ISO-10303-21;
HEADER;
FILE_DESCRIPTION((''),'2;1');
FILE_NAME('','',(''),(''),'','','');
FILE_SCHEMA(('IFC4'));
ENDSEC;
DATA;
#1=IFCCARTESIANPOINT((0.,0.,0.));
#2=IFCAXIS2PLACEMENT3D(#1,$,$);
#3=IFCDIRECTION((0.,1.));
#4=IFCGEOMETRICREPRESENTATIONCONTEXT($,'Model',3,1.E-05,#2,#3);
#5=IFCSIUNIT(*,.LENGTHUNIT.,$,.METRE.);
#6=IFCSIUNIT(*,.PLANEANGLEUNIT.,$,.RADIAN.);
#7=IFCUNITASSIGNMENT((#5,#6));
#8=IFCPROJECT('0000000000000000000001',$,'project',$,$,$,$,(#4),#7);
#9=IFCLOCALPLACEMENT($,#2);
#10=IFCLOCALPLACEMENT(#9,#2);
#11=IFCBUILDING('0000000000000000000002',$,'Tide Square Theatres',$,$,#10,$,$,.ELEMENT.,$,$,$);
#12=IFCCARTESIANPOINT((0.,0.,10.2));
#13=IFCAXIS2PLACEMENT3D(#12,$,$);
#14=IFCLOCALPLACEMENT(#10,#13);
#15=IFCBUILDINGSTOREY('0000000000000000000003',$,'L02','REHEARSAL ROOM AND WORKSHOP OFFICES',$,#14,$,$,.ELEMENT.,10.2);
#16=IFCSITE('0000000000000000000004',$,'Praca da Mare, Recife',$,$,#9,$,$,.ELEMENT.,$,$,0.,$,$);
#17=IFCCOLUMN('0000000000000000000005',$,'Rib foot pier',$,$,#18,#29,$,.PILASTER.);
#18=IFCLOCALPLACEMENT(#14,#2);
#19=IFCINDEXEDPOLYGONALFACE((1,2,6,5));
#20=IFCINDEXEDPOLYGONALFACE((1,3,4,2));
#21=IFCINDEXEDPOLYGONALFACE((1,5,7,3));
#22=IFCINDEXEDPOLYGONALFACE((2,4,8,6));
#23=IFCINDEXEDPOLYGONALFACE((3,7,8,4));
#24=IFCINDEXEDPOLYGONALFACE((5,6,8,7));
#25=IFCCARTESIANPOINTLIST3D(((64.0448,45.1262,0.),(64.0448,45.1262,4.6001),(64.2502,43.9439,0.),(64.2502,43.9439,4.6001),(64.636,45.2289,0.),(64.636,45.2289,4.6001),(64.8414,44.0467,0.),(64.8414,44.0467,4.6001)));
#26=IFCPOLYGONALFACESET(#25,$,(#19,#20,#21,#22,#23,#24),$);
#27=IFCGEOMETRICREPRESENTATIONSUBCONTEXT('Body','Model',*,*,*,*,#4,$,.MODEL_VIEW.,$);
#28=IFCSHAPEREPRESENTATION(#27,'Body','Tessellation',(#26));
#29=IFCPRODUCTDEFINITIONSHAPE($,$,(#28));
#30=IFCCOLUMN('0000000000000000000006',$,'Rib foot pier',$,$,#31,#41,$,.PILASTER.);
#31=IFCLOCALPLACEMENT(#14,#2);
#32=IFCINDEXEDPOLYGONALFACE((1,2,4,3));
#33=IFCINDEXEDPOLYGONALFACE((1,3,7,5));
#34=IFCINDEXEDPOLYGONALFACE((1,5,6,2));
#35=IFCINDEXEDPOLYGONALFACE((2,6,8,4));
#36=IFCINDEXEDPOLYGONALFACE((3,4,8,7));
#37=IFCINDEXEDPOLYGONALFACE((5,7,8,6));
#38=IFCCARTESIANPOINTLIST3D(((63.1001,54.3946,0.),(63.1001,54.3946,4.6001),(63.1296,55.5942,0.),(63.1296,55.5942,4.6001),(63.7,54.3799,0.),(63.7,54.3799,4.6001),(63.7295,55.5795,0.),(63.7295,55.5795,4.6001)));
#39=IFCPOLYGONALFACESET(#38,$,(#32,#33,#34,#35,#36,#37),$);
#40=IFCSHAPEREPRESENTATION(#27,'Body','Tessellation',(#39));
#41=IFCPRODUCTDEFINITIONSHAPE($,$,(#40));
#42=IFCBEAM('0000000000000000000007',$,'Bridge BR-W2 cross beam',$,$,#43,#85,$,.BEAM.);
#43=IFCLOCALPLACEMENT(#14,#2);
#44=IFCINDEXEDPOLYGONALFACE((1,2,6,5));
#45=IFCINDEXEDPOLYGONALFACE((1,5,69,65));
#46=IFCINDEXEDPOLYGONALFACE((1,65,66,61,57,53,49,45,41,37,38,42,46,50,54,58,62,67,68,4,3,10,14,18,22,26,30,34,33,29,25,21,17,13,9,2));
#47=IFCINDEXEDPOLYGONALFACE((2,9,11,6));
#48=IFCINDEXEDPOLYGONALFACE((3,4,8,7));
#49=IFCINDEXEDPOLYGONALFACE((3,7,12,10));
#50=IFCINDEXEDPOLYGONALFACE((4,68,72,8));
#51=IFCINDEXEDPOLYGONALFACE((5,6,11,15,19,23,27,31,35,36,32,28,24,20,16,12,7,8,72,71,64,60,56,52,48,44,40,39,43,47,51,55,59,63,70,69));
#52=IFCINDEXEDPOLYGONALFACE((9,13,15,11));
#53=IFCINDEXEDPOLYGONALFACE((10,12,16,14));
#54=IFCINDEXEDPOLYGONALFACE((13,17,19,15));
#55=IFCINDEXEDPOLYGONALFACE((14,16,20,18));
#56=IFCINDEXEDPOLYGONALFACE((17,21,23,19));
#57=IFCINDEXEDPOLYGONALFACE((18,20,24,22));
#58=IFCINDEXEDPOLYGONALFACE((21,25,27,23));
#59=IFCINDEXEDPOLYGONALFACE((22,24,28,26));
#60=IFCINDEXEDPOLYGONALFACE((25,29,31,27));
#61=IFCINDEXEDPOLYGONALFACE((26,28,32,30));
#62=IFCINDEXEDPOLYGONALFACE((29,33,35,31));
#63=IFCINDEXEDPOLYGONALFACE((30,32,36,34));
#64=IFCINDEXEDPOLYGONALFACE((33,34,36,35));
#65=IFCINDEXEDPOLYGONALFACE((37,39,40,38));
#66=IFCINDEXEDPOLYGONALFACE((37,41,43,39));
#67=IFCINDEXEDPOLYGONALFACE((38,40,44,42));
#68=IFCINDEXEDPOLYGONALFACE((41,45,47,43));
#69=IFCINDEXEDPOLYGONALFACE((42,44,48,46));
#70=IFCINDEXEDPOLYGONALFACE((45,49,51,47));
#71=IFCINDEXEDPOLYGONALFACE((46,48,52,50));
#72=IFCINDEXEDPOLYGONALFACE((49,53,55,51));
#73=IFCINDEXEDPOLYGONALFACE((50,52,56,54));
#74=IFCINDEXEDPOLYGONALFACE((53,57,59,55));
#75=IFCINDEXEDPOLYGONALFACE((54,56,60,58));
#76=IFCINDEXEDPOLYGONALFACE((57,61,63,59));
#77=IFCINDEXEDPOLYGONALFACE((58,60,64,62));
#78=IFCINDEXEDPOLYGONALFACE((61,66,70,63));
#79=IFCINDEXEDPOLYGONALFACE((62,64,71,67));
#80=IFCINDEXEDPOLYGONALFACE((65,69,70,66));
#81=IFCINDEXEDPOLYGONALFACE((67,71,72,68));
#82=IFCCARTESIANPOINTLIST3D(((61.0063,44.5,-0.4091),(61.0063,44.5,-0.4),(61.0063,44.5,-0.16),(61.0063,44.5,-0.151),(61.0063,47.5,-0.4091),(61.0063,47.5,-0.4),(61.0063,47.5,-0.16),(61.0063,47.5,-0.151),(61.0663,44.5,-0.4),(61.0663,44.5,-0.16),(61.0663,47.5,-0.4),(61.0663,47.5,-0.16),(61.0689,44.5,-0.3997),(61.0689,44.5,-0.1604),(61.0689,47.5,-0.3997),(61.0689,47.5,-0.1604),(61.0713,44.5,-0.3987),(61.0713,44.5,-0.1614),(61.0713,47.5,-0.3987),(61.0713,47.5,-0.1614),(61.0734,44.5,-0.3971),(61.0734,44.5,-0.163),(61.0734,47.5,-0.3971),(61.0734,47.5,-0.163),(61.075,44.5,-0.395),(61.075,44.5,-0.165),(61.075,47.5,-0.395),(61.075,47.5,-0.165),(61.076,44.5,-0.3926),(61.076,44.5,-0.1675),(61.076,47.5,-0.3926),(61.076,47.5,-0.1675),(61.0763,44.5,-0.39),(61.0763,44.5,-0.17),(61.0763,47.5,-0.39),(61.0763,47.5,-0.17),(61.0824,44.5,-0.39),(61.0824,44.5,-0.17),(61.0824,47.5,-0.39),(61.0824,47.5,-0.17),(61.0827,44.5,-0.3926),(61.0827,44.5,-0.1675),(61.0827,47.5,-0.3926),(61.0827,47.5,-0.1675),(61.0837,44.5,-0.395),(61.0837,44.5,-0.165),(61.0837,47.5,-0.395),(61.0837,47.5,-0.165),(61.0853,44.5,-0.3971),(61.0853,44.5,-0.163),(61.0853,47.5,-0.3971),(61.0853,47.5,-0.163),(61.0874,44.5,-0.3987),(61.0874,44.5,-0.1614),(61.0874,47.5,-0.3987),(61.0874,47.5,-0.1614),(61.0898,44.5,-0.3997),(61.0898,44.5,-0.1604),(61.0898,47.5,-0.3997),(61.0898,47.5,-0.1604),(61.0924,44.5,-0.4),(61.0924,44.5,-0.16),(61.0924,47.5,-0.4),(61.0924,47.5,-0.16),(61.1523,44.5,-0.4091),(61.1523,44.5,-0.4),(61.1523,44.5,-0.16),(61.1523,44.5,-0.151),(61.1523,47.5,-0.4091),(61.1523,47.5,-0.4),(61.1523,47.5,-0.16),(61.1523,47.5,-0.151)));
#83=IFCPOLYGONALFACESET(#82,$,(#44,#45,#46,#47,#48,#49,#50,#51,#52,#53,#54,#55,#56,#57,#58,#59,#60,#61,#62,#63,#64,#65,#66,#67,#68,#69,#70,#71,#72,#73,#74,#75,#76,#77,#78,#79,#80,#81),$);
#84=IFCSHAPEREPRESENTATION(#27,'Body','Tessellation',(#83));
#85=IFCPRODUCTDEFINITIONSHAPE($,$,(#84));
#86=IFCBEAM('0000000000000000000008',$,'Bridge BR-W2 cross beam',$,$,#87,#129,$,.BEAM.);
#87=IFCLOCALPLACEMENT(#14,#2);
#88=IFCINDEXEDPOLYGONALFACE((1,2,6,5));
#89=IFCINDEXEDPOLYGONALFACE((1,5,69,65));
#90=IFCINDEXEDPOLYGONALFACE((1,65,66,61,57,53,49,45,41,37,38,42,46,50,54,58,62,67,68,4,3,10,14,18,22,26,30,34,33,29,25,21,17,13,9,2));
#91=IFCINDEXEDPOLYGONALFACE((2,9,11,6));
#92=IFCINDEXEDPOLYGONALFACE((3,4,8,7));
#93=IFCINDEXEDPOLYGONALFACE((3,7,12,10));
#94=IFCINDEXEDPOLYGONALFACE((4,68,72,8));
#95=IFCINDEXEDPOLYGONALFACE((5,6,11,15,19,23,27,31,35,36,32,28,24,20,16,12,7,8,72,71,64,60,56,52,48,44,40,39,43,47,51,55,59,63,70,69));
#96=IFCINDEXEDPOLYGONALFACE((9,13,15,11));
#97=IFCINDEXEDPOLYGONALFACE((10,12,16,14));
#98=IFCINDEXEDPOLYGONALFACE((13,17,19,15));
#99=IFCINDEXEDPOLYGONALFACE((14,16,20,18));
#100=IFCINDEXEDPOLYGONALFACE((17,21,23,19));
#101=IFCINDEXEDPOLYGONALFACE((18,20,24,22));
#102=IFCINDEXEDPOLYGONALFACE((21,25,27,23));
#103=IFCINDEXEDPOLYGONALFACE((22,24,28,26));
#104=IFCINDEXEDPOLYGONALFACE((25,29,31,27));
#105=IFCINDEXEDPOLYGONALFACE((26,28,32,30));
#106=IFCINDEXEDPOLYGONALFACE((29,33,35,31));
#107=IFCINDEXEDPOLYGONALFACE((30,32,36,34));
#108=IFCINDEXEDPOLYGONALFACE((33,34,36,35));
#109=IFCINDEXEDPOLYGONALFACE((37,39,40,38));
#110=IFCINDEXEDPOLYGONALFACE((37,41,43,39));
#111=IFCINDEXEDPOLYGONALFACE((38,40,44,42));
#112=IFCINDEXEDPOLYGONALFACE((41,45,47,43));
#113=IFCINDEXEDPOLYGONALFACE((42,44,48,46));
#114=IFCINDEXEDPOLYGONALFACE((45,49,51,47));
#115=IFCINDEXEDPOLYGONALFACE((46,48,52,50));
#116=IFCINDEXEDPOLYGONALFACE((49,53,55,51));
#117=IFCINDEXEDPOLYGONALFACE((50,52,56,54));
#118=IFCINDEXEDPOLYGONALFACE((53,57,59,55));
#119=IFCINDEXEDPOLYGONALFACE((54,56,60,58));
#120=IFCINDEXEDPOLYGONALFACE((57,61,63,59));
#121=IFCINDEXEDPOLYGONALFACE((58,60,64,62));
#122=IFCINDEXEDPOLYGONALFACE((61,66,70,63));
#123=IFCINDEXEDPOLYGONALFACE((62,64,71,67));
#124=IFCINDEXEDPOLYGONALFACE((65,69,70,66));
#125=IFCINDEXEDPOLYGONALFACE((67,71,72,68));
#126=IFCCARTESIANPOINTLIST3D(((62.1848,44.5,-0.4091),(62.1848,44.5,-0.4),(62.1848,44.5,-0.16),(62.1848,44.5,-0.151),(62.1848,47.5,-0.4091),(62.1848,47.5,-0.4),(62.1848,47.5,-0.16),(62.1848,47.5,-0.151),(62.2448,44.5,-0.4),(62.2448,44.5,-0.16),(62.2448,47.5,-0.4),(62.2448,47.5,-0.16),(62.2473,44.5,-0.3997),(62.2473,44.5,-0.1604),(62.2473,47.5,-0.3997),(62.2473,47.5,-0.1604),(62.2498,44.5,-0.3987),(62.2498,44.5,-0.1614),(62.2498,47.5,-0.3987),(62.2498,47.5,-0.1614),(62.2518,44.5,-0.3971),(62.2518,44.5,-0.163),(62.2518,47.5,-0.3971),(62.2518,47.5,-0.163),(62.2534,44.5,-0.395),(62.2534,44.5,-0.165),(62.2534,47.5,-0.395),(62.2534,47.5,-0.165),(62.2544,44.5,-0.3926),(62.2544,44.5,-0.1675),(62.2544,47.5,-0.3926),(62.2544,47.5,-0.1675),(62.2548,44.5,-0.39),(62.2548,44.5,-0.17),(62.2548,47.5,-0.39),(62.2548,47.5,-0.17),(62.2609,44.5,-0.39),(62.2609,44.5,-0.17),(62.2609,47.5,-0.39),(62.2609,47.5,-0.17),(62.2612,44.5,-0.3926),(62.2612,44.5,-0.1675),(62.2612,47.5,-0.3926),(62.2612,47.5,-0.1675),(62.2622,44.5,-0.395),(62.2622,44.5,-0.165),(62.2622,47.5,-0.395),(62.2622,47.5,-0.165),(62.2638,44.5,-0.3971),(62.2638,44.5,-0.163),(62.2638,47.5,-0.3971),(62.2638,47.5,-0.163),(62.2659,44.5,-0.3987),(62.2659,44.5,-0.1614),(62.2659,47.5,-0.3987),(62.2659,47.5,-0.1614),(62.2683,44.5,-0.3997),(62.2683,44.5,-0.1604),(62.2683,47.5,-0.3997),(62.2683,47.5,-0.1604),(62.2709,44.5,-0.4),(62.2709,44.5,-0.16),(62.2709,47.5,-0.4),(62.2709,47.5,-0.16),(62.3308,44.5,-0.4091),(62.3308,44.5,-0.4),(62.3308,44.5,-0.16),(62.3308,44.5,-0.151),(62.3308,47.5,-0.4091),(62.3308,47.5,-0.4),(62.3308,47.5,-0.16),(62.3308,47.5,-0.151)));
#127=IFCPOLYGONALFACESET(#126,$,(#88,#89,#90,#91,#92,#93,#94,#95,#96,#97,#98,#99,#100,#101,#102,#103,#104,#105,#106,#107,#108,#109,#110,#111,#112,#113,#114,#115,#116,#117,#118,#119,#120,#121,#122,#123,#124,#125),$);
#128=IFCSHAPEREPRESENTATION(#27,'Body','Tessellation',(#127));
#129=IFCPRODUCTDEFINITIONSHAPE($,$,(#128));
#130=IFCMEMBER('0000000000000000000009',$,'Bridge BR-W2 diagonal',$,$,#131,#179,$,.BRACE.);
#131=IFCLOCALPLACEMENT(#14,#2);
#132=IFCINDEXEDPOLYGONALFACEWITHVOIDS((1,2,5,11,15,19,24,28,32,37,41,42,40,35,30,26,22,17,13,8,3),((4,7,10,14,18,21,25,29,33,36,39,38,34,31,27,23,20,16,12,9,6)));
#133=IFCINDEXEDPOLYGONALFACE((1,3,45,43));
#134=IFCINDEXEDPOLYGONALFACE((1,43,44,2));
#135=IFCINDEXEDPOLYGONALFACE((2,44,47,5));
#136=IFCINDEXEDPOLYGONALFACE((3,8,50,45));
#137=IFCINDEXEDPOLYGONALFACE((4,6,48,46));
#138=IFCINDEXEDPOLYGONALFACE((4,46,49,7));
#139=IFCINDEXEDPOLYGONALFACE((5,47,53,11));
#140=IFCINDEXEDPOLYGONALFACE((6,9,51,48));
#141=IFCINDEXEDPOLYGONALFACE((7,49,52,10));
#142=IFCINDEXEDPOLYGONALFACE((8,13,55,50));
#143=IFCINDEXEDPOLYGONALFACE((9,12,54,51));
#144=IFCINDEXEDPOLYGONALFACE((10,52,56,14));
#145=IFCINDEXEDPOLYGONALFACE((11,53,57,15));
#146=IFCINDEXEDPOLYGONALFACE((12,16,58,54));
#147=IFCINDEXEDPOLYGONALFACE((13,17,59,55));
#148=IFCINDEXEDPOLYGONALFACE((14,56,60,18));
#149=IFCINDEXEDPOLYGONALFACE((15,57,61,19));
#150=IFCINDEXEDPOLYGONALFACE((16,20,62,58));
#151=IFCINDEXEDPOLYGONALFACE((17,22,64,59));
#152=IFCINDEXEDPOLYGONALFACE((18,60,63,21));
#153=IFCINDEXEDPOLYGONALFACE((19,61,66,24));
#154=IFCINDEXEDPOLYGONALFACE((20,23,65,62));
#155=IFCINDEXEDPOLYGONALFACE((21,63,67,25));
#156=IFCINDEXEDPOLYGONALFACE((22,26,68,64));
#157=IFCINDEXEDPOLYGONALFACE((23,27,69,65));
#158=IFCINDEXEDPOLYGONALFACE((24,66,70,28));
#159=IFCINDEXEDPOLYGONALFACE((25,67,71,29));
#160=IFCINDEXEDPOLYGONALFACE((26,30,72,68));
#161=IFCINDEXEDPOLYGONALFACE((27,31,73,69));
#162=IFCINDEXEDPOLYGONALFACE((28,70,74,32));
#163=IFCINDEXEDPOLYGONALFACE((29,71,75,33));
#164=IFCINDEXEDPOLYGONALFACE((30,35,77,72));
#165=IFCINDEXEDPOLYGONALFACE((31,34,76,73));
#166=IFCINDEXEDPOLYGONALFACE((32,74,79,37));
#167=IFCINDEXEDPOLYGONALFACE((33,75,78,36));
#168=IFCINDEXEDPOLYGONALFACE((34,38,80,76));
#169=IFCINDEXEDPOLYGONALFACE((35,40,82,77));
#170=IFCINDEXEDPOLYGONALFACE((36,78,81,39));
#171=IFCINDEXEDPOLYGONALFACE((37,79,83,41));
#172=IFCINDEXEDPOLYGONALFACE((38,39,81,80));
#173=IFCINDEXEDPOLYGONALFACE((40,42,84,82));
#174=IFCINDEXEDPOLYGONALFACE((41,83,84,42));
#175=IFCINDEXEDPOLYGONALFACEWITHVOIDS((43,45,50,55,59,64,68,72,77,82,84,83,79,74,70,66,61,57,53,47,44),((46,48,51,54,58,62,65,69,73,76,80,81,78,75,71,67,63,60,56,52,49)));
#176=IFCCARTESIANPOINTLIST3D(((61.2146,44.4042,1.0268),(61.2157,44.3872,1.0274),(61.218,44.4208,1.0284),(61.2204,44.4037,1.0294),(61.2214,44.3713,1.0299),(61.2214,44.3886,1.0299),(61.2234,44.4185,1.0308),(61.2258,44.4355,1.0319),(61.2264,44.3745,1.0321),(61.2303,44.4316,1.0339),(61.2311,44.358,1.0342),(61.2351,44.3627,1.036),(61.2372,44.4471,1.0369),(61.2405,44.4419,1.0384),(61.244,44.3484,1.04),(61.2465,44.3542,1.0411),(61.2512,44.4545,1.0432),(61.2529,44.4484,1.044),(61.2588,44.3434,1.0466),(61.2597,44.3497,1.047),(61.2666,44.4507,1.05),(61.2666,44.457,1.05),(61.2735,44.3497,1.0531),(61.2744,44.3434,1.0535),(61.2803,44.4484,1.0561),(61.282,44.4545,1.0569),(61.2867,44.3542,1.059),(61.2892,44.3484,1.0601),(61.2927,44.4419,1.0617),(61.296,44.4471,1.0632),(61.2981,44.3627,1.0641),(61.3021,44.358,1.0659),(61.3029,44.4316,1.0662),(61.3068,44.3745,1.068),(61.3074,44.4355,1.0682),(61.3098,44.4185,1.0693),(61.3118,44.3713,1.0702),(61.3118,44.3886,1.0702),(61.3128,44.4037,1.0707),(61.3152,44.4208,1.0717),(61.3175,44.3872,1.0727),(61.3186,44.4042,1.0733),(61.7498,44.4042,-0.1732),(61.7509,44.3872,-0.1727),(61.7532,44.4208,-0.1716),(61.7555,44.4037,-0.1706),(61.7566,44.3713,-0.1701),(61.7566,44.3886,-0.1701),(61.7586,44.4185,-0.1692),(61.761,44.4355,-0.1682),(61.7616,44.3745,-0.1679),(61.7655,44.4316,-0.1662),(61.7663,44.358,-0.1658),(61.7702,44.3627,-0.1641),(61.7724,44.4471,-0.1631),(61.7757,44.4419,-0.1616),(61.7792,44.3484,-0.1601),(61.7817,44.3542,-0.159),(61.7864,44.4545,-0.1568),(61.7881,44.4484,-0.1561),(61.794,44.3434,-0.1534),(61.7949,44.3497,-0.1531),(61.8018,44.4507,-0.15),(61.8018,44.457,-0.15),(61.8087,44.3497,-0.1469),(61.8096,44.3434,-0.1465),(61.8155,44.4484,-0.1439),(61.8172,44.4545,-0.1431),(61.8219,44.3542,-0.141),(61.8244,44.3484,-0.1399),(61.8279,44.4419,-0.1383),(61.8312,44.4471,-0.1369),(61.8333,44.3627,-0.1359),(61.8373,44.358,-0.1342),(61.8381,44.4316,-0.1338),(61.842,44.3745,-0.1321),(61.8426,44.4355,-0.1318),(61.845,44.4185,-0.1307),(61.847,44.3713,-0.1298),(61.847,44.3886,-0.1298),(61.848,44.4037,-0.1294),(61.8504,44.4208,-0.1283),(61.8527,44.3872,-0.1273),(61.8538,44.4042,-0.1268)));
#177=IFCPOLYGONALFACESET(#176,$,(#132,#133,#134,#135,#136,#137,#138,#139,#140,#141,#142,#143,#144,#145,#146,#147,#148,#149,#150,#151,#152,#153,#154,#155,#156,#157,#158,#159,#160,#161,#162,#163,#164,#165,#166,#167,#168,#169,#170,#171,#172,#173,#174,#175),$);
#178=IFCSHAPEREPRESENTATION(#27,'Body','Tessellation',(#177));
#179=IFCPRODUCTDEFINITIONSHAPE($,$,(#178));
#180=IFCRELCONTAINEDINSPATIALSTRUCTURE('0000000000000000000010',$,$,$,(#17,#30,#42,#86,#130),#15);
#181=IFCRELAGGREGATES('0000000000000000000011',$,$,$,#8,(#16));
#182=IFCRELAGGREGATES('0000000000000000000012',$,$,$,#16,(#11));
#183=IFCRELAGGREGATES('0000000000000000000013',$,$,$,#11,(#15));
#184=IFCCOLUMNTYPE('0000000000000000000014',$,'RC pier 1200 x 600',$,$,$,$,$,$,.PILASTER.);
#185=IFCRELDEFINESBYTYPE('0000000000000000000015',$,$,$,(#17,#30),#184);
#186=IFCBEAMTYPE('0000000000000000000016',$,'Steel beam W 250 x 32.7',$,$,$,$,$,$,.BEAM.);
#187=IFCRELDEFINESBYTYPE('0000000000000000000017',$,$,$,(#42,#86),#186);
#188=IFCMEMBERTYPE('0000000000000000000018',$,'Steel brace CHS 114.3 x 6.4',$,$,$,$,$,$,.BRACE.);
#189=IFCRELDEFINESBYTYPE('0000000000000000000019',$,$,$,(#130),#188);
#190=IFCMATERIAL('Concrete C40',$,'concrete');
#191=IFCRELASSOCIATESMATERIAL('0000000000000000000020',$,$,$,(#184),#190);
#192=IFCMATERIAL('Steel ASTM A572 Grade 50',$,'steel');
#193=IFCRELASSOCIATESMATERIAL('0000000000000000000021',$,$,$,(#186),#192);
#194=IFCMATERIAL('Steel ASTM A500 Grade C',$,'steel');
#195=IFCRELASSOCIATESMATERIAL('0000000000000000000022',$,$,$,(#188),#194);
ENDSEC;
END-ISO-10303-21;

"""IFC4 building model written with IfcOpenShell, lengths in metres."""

from ifc_helpers import new_model, si_unit, direction, frame, origin, origin_2d, place, context, subcontext, project, spatial, rectangle, hollow_circle, i_section, extrude, material, material_profile, profile_set, type_object, element, save


model = new_model("IFC4")

# Units and contexts
model_context = context("Model", 3, precision=1e-05, world=origin(), true_north=direction((0.0, 1.0)))
body_context = subcontext(model_context, "Body", "Model", "MODEL_VIEW")
ifc_project = project(units=[si_unit("LENGTHUNIT", "METRE"), si_unit("PLANEANGLEUNIT", "RADIAN")], contexts=[model_context])

# Site, building, storey
site_placement = place(None, origin())
site = spatial("IfcSite", under=ifc_project, at=site_placement, Name="Praca da Mare, Recife", CompositionType="ELEMENT", RefElevation=0.0)
building_placement = place(site_placement, origin())
building = spatial("IfcBuilding", under=site, at=building_placement, Name="Tide Square Theatres", CompositionType="ELEMENT")
storey_placement = place(building_placement, frame((0.0, 0.0, 10.2)))
storey = spatial("IfcBuildingStorey", under=building, at=storey_placement, Name="L02", Description="REHEARSAL ROOM AND WORKSHOP OFFICES", CompositionType="ELEMENT", Elevation=10.2)

# Columns
ifc_material_1 = material(Name="Concrete C40", Category="concrete")
ifc_material_profile_1 = material_profile(ifc_material_1, rectangle(XDim=1.2, YDim=0.6001, at=origin_2d()))
ifc_profile_set_1 = profile_set([ifc_material_profile_1], Name="Concrete C40")
column_type = type_object("IfcColumnType", Name="RC pier 1200 x 600", PredefinedType="PILASTER", material=ifc_profile_set_1)
for number, where, z_axis, x_axis, name in (
    (1, (64.4431, 44.5864, 0.0), (0.0, 0.0, 1.0), (0.171173, -0.985241, 0.0), "Rib foot pier"),
    (2, (63.4148, 54.9871, 0.0), (0.0, 0.0, 1.0), (-0.024572, -0.999698, 0.0), "Rib foot pier"),
):
    element("IfcColumn", number, at=place(storey_placement, frame(where, z_axis=z_axis, x_axis=x_axis)), inside=storey, type_object=column_type, Name=name, PredefinedType="PILASTER", context=body_context, shape_type="SweptSolid", body=[
        extrude(rectangle(XDim=1.2, YDim=0.6001, at=origin_2d()), origin(), (0.0, 0.0, 1.0), 4.6001),
    ])

# Beams
ifc_material_2 = material(Name="Steel ASTM A572 Grade 50", Category="steel")
ifc_material_profile_2 = material_profile(ifc_material_2, i_section(OverallWidth=0.146, OverallDepth=0.2581, WebThickness=0.0061, FlangeThickness=0.009, FilletRadius=0.01, at=origin_2d()))
ifc_profile_set_2 = profile_set([ifc_material_profile_2], Name="Steel ASTM A572 Grade 50")
beam_type = type_object("IfcBeamType", Name="Steel beam W 250 x 32.7", PredefinedType="BEAM", material=ifc_profile_set_2)
for number, where, z_axis, x_axis, name in (
    (3, (61.0793, 44.5, -0.28), (0.0, 1.0, 0.0), (-1.0, 0.0, 0.0), "Bridge BR-W2 cross beam"),
    (4, (62.2578, 44.5, -0.28), (0.0, 1.0, 0.0), (-1.0, 0.0, 0.0), "Bridge BR-W2 cross beam"),
):
    element("IfcBeam", number, at=place(storey_placement, frame(where, z_axis=z_axis, x_axis=x_axis)), inside=storey, type_object=beam_type, Name=name, PredefinedType="BEAM", context=body_context, shape_type="SweptSolid", body=[
        extrude(i_section(OverallWidth=0.146, OverallDepth=0.2581, WebThickness=0.0061, FlangeThickness=0.009, FilletRadius=0.01, at=origin_2d()), origin(), (0.0, 0.0, 1.0), 3.0),
    ])

# Member
ifc_material_3 = material(Name="Steel ASTM A500 Grade C", Category="steel")
ifc_material_profile_3 = material_profile(ifc_material_3, hollow_circle(Radius=0.0571, WallThickness=0.0063, at=origin_2d()))
ifc_profile_set_3 = profile_set([ifc_material_profile_3], Name="Steel ASTM A500 Grade C")
member_type_1 = type_object("IfcMemberType", Name="Steel brace CHS 114.3 x 6.4", PredefinedType="BRACE", material=ifc_profile_set_3)
member_1_placement = place(storey_placement, frame((61.2666, 44.3999, 1.05), z_axis=(0.407311, 0.0, -0.91329), x_axis=(0.0, 1.0, 0.0)))
element("IfcMember", 5, at=member_1_placement, inside=storey, type_object=member_type_1, Name="Bridge BR-W2 diagonal", PredefinedType="BRACE", context=body_context, shape_type="SweptSolid", body=[
    extrude(hollow_circle(Radius=0.0571, WallThickness=0.0063, at=origin_2d()), origin(), (0.0, 0.0, 1.0), 1.314),
])

save(model, "model.ifc")
